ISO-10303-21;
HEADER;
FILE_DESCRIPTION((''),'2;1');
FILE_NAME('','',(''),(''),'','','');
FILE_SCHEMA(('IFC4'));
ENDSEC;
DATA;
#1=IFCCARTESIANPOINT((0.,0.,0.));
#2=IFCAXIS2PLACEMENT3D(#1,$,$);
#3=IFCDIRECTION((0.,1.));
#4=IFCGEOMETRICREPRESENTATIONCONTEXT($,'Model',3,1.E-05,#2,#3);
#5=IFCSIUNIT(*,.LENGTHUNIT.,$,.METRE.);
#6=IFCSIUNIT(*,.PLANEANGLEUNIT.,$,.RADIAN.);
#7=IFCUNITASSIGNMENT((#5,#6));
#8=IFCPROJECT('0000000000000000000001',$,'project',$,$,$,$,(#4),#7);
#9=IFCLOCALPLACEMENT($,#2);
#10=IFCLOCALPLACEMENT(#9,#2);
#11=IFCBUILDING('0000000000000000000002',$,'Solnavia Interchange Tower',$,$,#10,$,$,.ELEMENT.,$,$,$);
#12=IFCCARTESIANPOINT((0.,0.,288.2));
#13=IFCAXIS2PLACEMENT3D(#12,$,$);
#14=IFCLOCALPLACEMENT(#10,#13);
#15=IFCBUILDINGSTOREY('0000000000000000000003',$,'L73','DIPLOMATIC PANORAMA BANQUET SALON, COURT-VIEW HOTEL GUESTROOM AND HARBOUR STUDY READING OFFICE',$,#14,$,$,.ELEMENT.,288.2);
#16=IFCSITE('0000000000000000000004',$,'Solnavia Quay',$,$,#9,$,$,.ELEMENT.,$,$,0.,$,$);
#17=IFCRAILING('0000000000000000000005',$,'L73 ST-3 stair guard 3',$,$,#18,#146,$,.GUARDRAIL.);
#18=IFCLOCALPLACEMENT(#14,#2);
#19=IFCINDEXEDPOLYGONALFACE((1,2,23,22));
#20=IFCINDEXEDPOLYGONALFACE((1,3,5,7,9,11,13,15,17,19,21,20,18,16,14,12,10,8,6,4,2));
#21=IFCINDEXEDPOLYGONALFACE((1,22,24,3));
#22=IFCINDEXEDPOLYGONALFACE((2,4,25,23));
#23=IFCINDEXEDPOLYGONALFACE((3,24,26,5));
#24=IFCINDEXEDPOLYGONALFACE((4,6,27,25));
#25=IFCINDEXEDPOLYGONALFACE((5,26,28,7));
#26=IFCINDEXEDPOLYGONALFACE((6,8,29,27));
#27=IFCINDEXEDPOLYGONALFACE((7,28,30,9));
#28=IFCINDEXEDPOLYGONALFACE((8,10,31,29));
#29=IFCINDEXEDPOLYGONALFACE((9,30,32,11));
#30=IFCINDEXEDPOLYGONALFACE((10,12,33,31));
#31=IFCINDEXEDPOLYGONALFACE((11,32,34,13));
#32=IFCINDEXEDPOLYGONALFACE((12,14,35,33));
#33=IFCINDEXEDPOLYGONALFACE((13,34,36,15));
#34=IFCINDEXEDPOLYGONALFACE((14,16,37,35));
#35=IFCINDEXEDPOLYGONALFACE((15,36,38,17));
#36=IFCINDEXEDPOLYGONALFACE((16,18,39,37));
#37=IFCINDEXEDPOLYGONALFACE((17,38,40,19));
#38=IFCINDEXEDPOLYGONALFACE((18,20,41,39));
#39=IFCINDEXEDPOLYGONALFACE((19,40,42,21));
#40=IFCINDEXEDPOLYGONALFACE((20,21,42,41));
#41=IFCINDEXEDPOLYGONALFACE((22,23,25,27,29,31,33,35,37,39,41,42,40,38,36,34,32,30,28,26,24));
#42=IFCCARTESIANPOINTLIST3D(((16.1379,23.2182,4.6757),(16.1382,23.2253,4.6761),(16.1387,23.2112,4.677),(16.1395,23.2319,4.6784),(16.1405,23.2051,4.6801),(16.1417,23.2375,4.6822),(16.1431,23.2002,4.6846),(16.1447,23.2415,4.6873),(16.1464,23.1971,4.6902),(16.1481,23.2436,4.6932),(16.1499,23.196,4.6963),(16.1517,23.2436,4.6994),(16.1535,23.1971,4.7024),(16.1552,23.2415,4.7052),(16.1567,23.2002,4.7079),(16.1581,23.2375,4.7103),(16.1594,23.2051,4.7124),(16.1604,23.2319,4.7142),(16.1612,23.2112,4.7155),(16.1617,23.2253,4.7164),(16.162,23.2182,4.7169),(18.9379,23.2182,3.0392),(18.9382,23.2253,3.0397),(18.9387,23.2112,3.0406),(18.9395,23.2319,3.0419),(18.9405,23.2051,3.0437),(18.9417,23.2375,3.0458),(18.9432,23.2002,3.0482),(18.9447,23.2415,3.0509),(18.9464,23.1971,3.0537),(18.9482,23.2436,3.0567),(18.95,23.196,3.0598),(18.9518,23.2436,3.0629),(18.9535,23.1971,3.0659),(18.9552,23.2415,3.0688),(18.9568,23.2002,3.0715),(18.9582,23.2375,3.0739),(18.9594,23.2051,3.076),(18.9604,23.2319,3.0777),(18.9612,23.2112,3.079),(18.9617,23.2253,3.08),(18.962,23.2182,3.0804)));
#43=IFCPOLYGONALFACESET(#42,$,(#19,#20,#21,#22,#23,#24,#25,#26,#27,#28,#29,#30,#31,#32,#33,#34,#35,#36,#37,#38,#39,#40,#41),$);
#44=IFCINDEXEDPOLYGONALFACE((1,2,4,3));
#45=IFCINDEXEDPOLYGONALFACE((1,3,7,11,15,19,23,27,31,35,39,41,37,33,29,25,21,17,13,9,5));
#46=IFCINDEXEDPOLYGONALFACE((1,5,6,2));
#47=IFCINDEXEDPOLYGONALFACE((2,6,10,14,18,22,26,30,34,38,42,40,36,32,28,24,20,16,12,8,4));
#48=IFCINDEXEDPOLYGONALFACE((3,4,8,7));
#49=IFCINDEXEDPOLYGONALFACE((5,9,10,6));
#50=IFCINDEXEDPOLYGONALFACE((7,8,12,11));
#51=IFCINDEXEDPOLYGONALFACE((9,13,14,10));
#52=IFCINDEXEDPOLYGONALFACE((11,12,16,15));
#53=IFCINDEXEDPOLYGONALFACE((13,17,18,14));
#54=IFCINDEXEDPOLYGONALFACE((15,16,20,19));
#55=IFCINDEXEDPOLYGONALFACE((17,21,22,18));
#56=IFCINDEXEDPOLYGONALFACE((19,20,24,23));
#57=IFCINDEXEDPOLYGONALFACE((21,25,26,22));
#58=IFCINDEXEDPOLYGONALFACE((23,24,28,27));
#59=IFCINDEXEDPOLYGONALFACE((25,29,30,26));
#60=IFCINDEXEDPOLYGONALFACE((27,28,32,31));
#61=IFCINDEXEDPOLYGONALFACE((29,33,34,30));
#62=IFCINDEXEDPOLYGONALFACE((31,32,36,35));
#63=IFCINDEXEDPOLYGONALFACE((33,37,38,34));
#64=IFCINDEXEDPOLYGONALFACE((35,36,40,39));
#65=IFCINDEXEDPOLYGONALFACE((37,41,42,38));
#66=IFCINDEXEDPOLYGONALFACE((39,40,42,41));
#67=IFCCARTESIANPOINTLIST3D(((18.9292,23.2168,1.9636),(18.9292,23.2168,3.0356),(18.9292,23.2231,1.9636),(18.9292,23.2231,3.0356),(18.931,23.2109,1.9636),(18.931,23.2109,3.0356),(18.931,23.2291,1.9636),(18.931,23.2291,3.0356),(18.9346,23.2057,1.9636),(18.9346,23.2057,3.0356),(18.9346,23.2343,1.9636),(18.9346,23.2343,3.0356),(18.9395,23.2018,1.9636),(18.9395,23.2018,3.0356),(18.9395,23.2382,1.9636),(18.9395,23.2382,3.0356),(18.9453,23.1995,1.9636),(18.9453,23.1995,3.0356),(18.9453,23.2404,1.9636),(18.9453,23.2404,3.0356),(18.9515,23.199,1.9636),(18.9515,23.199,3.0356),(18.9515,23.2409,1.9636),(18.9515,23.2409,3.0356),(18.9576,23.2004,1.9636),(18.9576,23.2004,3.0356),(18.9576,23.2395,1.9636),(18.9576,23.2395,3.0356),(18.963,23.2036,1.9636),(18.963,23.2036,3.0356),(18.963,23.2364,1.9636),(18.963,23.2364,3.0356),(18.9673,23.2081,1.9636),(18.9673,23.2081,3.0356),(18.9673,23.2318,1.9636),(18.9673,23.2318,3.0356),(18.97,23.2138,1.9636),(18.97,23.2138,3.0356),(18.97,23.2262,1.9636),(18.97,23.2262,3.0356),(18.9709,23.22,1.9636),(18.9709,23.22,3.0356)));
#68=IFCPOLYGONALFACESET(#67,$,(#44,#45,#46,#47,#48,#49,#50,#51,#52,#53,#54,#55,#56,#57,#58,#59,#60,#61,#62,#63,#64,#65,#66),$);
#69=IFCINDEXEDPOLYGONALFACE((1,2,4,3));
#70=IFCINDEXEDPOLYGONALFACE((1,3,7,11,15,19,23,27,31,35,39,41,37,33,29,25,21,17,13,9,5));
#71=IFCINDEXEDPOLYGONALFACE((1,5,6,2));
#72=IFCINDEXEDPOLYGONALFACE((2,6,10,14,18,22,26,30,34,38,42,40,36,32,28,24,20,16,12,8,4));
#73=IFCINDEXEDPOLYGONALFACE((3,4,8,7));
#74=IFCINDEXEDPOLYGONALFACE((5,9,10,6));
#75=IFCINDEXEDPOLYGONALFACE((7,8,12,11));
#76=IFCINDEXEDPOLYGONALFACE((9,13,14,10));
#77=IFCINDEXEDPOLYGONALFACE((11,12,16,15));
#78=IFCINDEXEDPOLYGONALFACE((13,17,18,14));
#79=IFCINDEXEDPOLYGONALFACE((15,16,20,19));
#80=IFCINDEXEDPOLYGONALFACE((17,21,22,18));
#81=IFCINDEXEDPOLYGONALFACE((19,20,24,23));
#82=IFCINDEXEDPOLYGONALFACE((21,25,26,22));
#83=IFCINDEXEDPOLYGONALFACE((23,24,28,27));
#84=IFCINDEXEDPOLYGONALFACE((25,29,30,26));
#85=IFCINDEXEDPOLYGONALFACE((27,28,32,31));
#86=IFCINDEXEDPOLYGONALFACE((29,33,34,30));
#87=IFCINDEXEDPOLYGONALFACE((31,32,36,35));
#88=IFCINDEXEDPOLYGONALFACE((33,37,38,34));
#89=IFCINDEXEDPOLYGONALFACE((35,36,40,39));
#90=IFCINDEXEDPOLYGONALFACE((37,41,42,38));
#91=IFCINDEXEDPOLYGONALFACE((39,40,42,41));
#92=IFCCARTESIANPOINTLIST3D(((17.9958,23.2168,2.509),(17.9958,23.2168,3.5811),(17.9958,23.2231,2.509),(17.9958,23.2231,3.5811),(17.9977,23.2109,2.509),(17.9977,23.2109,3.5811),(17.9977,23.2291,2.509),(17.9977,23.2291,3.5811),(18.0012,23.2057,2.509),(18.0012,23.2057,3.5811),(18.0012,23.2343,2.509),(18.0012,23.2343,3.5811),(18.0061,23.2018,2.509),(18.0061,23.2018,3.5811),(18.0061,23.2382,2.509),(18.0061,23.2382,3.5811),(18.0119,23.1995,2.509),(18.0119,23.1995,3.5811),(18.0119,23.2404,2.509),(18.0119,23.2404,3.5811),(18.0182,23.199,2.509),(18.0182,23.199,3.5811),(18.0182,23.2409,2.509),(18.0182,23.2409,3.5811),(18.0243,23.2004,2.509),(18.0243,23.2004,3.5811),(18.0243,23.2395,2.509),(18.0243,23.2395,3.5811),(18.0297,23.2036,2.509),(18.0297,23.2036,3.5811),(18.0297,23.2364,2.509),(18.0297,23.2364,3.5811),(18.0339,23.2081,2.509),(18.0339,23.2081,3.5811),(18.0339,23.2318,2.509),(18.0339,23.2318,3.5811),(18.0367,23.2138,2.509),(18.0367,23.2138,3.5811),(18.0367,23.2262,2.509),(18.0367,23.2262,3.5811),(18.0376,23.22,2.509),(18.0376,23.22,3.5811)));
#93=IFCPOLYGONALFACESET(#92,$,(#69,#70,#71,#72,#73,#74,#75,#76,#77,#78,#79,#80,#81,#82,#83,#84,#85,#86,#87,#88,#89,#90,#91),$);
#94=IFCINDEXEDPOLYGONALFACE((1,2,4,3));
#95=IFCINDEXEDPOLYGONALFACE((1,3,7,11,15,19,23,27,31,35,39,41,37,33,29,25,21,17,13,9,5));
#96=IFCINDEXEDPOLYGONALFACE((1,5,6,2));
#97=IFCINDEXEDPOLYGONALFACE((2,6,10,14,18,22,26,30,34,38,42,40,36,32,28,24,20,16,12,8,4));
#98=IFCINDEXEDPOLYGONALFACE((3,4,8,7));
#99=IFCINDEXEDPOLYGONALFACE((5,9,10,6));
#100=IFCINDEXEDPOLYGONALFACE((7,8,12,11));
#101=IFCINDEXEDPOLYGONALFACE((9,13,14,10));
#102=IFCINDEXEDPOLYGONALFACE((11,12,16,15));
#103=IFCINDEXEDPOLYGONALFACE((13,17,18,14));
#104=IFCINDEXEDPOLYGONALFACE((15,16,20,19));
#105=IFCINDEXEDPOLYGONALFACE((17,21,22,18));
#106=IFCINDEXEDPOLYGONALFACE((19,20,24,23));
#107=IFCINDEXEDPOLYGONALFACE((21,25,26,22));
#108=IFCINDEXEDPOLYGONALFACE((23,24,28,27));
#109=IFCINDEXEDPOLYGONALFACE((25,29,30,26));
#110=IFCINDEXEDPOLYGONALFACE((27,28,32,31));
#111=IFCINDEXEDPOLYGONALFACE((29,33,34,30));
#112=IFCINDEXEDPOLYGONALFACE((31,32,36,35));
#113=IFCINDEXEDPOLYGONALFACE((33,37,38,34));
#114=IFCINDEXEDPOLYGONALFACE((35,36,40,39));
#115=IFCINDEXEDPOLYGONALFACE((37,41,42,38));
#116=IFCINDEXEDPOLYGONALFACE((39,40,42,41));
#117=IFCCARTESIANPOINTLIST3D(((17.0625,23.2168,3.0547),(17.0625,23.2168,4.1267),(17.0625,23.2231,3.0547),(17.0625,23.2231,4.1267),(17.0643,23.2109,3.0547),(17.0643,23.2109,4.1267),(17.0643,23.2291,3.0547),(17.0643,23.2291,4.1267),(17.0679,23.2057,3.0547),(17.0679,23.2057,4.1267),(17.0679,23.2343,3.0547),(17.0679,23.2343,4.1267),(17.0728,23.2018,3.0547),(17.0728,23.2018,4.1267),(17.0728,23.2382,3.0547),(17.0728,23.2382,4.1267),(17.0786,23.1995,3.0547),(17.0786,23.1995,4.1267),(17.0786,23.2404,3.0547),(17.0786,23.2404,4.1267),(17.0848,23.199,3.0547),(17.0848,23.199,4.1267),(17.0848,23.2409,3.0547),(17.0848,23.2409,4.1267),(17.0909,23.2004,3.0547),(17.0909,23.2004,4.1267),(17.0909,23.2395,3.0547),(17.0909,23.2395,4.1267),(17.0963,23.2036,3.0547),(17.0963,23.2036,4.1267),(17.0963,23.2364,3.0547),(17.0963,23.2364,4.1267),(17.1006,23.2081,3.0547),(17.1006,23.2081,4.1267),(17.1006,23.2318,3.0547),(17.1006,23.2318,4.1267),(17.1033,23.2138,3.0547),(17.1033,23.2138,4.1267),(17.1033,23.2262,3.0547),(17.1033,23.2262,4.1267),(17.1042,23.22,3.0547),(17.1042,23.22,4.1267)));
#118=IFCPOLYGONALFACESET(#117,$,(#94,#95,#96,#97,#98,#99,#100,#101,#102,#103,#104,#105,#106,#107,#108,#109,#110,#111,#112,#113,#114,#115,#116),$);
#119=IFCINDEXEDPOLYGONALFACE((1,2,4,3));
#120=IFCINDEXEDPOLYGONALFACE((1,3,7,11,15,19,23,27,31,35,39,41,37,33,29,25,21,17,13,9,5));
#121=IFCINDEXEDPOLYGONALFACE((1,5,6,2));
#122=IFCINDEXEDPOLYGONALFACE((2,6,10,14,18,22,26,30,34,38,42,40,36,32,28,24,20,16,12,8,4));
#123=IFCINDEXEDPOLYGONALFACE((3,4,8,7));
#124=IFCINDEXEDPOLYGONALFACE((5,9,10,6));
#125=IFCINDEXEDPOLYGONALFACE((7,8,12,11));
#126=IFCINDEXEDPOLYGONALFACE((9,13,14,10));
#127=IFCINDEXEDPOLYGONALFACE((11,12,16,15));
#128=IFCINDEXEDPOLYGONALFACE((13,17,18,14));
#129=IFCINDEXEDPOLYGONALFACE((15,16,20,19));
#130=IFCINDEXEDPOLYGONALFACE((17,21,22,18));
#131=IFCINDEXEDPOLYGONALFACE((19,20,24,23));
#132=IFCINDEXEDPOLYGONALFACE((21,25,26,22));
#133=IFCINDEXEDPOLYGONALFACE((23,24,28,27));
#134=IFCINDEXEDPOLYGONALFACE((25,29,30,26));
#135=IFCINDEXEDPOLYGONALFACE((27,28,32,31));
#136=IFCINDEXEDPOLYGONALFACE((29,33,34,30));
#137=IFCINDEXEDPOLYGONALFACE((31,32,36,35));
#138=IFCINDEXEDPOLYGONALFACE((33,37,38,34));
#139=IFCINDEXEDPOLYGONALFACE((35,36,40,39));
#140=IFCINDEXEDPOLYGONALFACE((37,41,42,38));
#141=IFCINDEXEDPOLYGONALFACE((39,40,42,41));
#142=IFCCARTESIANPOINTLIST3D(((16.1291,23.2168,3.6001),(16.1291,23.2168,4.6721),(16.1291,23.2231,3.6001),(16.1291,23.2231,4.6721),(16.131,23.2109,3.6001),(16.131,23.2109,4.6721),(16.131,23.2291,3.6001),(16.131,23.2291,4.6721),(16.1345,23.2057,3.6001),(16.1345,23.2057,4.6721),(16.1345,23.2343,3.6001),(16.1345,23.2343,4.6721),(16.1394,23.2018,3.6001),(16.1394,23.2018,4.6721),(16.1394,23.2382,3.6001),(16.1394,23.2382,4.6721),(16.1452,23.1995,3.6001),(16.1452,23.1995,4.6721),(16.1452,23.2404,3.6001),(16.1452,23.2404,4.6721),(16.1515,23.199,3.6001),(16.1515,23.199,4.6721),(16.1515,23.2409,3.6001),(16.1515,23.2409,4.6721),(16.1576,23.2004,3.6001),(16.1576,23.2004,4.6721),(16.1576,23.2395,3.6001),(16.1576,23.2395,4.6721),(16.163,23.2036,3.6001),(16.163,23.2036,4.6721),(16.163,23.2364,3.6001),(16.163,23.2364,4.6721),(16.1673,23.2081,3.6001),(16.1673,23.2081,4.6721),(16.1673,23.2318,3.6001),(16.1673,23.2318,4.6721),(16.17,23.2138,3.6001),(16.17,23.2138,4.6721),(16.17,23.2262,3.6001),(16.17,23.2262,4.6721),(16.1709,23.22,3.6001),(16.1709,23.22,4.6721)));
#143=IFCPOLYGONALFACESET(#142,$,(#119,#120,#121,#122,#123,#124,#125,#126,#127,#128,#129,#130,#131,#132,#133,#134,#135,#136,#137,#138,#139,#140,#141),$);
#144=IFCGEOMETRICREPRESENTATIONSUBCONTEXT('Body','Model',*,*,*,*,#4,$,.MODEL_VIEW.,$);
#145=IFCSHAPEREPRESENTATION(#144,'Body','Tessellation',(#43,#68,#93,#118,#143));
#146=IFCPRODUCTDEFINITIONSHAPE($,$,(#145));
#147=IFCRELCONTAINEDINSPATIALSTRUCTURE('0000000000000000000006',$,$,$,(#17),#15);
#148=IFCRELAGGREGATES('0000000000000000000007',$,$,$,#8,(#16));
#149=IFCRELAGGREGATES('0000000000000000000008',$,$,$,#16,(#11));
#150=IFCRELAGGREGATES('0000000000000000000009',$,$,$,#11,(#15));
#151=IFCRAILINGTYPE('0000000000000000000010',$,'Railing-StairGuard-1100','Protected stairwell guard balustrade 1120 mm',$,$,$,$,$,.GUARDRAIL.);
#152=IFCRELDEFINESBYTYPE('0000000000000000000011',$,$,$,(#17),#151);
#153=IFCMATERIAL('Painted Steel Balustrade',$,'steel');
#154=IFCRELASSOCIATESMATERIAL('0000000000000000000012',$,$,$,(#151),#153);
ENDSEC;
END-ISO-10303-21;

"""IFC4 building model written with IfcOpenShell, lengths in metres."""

from ifc_helpers import new_model, si_unit, direction, frame, origin, origin_2d, place, context, subcontext, project, spatial, circle, extrude, material, type_object, element, save


model = new_model("IFC4")

# Units and contexts
model_context = context("Model", 3, precision=1e-05, world=origin(), true_north=direction((0.0, 1.0)))
body_context = subcontext(model_context, "Body", "Model", "MODEL_VIEW")
ifc_project = project(units=[si_unit("LENGTHUNIT", "METRE"), si_unit("PLANEANGLEUNIT", "RADIAN")], contexts=[model_context])

# Site, building, storey
site_placement = place(None, origin())
site = spatial("IfcSite", under=ifc_project, at=site_placement, Name="Solnavia Quay", CompositionType="ELEMENT", RefElevation=0.0)
building_placement = place(site_placement, origin())
building = spatial("IfcBuilding", under=site, at=building_placement, Name="Solnavia Interchange Tower", CompositionType="ELEMENT")
storey_placement = place(building_placement, frame((0.0, 0.0, 288.2)))
storey = spatial("IfcBuildingStorey", under=building, at=storey_placement, Name="L73", Description="DIPLOMATIC PANORAMA BANQUET SALON, COURT-VIEW HOTEL GUESTROOM AND HARBOUR STUDY READING OFFICE", CompositionType="ELEMENT", Elevation=288.2)

# Railing
ifc_material_1 = material(Name="Painted Steel Balustrade", Category="steel")
railing_type_1 = type_object("IfcRailingType", Name="Railing-StairGuard-1100", Description="Protected stairwell guard balustrade 1120 mm", PredefinedType="GUARDRAIL", material=ifc_material_1)
railing_1_placement = place(storey_placement, frame((18.95, 23.22, 1.9636)))
element("IfcRailing", 1, at=railing_1_placement, inside=storey, type_object=railing_type_1, Name="L73 ST-3 stair guard 3", PredefinedType="GUARDRAIL", context=body_context, shape_type="SweptSolid", body=[
    extrude(circle(Radius=0.0239, at=origin_2d()), frame((0.0, 0.0, 1.0962), z_axis=(-0.863361, 0.0, 0.504587), x_axis=(0.0, -1.0, 0.0)), (0.0, 0.0, 1.0), 3.2432),
    extrude(circle(Radius=0.021, at=origin_2d()), origin(), (0.0, 0.0, 1.0), 1.072),
    extrude(circle(Radius=0.021, at=origin_2d()), frame((-0.9333, 0.0, 0.5454)), (0.0, 0.0, 1.0), 1.072),
    extrude(circle(Radius=0.021, at=origin_2d()), frame((-1.8667, 0.0, 1.0911)), (0.0, 0.0, 1.0), 1.072),
    extrude(circle(Radius=0.021, at=origin_2d()), frame((-2.8, 0.0, 1.6365)), (0.0, 0.0, 1.0), 1.072),
])

save(model, "model.ifc")
